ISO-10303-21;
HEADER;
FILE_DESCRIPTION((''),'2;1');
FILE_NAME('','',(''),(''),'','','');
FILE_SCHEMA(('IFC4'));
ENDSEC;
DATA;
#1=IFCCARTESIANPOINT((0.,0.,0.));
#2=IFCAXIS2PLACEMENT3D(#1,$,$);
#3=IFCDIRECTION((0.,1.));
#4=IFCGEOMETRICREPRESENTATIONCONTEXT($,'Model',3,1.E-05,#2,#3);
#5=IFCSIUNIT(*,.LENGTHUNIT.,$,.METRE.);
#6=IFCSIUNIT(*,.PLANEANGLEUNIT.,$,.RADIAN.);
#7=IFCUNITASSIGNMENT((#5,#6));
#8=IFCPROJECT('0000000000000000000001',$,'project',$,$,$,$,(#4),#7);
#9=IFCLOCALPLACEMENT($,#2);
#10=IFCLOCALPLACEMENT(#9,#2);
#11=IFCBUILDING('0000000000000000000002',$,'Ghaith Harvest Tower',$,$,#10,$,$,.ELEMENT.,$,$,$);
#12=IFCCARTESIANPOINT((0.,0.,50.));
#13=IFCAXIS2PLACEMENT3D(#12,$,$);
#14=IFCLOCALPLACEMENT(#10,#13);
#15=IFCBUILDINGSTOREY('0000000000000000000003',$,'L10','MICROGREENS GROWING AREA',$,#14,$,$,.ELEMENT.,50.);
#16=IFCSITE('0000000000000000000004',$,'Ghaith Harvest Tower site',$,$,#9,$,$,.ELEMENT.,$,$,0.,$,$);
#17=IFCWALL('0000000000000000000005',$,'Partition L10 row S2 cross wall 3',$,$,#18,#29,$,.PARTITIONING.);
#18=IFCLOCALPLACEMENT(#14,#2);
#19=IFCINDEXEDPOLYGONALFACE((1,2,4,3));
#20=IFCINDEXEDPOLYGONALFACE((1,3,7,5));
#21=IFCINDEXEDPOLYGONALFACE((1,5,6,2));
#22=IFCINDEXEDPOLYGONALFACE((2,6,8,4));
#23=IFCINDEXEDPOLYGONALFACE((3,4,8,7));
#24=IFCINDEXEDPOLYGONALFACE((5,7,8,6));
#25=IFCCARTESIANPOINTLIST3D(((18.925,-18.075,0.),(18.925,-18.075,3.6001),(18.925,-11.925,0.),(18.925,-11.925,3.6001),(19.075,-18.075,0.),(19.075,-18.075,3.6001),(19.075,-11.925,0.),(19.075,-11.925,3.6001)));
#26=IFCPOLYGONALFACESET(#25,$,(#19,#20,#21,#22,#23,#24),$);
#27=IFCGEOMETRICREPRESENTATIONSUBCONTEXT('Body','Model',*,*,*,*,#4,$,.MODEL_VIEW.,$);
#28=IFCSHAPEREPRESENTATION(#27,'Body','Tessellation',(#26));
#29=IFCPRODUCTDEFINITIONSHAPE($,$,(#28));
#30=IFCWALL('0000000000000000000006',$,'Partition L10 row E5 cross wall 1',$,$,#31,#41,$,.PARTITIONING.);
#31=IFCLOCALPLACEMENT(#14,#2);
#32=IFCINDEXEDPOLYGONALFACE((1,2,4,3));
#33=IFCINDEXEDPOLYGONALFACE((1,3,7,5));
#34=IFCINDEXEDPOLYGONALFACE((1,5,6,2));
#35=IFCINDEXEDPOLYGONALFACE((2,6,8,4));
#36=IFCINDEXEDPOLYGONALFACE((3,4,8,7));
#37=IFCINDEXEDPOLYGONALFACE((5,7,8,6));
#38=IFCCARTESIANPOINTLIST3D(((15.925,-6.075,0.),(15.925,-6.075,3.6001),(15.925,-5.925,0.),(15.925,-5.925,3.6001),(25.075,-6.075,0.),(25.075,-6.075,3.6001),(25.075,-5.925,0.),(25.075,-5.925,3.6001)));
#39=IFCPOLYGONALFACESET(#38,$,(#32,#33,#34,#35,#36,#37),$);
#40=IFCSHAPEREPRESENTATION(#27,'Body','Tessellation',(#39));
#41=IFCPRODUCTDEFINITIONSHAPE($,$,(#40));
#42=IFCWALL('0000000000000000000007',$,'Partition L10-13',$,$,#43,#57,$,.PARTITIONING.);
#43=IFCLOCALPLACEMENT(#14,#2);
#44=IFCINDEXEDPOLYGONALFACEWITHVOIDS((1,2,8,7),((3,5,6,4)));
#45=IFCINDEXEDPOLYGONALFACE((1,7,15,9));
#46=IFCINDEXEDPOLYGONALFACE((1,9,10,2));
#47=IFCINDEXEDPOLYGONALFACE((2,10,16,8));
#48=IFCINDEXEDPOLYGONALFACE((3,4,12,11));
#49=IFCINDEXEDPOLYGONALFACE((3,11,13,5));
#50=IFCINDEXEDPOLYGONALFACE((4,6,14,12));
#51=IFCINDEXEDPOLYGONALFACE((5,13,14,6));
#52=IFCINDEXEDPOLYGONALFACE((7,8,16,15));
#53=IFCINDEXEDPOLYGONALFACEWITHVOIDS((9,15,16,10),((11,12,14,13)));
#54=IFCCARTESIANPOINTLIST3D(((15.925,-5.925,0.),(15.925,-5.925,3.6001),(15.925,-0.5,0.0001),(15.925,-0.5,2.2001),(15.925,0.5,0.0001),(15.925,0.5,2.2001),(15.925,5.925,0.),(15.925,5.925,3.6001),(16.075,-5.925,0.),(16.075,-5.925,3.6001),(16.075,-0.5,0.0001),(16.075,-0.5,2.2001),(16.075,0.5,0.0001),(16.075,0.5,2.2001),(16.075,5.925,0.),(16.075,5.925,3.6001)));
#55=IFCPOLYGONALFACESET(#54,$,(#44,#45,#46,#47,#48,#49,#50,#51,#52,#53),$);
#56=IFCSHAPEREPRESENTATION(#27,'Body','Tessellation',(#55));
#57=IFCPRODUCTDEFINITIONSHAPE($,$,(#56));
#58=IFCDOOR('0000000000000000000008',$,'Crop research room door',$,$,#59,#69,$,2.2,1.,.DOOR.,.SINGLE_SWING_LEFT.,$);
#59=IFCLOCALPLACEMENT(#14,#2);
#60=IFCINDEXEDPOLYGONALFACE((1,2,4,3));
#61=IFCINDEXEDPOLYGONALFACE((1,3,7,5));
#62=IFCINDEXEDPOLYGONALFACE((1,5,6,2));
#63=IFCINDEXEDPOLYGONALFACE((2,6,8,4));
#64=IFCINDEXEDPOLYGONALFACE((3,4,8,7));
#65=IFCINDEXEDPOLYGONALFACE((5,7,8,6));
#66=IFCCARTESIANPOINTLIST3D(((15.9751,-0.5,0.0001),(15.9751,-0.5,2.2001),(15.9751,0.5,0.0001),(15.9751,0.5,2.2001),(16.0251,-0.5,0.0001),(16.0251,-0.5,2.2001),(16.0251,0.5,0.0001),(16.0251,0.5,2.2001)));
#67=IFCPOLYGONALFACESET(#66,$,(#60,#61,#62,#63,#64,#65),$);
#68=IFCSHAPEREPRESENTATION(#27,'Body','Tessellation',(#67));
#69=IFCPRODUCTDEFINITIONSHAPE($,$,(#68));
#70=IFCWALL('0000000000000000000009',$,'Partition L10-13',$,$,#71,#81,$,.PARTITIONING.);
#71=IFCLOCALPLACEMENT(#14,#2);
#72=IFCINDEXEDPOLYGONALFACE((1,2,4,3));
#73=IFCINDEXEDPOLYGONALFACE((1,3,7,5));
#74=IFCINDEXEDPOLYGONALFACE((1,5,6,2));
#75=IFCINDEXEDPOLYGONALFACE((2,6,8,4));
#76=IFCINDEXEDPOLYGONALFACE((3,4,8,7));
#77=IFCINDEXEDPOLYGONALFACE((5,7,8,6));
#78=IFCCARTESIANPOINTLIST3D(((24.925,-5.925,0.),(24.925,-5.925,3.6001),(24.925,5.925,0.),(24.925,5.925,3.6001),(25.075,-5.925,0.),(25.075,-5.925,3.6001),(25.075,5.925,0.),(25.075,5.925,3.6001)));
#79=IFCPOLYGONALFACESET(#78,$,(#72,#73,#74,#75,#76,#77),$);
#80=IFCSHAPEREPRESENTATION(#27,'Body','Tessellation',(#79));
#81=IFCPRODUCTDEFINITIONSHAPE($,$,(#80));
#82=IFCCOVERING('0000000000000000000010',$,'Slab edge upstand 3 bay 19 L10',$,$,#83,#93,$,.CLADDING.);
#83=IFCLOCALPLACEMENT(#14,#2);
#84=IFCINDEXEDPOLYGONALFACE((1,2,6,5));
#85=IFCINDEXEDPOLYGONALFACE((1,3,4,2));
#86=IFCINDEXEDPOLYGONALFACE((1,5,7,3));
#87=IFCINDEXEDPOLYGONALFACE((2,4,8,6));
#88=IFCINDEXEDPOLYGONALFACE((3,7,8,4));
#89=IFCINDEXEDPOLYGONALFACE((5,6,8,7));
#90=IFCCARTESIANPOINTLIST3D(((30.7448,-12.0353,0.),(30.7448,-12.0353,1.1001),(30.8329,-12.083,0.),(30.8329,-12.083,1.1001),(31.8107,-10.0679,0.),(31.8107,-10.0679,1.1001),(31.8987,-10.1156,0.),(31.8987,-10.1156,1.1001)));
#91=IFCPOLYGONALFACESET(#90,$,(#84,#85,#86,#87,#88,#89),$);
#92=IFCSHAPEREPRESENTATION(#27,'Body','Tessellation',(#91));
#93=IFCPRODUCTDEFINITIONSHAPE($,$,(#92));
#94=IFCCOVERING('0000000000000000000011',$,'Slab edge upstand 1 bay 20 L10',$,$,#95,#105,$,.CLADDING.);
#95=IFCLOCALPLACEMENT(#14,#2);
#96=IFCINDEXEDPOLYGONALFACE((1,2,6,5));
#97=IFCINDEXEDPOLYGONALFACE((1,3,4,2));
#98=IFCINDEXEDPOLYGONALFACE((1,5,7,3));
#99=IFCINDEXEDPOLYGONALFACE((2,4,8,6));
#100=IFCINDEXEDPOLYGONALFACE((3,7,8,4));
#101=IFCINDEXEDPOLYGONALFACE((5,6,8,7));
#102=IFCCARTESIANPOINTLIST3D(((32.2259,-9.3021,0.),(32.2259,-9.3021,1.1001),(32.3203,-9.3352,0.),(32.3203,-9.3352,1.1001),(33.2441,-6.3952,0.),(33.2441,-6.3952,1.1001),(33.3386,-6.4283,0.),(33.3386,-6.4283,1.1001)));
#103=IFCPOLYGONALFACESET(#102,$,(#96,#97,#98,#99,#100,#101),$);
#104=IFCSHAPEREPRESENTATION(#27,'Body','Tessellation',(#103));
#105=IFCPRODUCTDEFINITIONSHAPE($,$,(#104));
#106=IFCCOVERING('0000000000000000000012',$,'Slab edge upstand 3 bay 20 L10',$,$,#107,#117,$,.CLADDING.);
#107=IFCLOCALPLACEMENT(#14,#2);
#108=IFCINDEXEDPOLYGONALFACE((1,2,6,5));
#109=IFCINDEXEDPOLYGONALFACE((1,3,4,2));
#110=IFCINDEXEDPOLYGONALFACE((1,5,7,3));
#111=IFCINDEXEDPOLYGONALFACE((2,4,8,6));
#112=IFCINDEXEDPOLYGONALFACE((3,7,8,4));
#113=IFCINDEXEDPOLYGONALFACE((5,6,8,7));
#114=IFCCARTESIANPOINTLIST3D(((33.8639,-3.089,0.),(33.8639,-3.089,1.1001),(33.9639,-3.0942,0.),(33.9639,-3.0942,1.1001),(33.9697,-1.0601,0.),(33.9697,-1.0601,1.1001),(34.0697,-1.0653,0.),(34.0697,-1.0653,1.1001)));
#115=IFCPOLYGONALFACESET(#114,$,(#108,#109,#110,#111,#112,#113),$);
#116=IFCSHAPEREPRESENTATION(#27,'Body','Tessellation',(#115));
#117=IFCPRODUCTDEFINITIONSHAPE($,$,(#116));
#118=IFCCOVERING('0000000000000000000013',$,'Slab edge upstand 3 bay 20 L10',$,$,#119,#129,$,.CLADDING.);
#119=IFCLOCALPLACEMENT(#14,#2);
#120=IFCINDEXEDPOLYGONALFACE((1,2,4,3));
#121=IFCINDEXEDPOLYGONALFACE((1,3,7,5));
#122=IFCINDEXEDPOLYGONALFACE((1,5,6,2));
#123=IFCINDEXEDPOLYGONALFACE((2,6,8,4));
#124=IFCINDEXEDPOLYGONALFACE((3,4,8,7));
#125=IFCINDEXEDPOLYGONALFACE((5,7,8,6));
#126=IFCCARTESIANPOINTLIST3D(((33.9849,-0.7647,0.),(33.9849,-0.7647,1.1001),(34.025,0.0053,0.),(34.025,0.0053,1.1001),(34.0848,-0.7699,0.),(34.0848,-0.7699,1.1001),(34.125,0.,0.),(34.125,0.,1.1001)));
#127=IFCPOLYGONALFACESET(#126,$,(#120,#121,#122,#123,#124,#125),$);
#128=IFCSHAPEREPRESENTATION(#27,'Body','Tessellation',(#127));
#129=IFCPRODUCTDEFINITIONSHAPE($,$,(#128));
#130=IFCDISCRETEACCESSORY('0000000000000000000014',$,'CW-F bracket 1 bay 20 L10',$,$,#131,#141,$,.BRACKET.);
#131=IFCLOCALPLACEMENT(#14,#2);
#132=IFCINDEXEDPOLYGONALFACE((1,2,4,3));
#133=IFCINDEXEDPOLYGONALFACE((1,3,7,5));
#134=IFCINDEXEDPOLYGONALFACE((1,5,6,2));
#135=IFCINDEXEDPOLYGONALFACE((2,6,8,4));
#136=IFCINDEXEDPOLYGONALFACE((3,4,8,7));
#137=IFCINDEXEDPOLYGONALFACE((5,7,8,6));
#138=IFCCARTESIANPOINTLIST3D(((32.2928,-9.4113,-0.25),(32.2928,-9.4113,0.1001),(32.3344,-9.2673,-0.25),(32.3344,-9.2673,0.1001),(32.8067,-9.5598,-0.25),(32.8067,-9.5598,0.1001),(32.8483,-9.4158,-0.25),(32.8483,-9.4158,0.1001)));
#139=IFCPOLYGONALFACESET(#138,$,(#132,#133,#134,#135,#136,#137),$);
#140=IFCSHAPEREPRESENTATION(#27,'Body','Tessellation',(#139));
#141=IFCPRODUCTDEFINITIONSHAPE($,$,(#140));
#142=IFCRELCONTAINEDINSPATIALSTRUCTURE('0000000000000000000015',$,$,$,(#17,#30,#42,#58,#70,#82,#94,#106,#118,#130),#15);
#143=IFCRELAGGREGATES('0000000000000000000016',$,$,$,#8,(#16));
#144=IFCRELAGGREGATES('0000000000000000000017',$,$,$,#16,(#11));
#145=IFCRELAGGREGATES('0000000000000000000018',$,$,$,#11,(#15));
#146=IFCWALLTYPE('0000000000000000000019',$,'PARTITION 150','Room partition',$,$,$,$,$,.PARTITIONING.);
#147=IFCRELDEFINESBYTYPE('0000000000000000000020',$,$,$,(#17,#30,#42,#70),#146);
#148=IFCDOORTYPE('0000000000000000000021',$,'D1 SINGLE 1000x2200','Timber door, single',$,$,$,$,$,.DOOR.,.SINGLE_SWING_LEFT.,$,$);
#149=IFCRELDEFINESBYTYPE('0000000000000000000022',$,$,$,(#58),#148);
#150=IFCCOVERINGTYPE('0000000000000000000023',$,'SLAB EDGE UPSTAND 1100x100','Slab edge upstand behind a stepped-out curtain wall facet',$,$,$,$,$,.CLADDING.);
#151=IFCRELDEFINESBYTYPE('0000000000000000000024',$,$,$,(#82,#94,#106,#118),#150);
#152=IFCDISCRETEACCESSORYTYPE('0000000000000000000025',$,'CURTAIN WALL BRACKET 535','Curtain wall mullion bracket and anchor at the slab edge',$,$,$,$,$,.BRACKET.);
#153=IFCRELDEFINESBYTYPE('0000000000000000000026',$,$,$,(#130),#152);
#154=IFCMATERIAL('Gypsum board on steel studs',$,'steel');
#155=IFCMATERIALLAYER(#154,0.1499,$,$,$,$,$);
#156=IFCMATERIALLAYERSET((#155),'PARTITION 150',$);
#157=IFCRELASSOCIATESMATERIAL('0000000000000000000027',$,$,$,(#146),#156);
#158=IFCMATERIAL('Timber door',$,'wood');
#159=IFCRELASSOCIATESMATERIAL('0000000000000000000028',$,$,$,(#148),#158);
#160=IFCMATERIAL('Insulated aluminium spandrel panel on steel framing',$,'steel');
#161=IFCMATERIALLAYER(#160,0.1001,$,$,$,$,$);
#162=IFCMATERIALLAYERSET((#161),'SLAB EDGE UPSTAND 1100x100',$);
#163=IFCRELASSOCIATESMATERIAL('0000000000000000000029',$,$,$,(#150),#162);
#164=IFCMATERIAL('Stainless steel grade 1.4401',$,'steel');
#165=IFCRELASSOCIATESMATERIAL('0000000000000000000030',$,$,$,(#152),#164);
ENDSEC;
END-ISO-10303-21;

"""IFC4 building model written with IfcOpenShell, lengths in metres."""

from ifc_helpers import new_model, si_unit, direction, frame, frame_2d, origin, origin_2d, place, context, subcontext, project, spatial, rectangle, extrude, material, layer, layer_set, type_object, element, fill, save


model = new_model("IFC4")

# Units and contexts
model_context = context("Model", 3, precision=1e-05, world=origin(), true_north=direction((0.0, 1.0)))
body_context = subcontext(model_context, "Body", "Model", "MODEL_VIEW")
ifc_project = project(units=[si_unit("LENGTHUNIT", "METRE"), si_unit("PLANEANGLEUNIT", "RADIAN")], contexts=[model_context])

# Site, building, storey
site_placement = place(None, origin())
site = spatial("IfcSite", under=ifc_project, at=site_placement, Name="Ghaith Harvest Tower site", CompositionType="ELEMENT", RefElevation=0.0)
building_placement = place(site_placement, origin())
building = spatial("IfcBuilding", under=site, at=building_placement, Name="Ghaith Harvest Tower", CompositionType="ELEMENT")
storey_placement = place(building_placement, frame((0.0, 0.0, 50.0)))
storey = spatial("IfcBuildingStorey", under=building, at=storey_placement, Name="L10", Description="MICROGREENS GROWING AREA", CompositionType="ELEMENT", Elevation=50.0)

# Walls
ifc_material_1 = material(Name="Gypsum board on steel studs", Category="steel")
ifc_layer_1 = layer(ifc_material_1, 0.1499)
ifc_layer_set_1 = layer_set([ifc_layer_1], Name="PARTITION 150")
wall_type = type_object("IfcWallType", Name="PARTITION 150", Description="Room partition", PredefinedType="PARTITIONING", material=ifc_layer_set_1)
wall_1_placement = place(storey_placement, frame((19.0, -11.925, 0.0), z_axis=(0.0, 0.0, 1.0), x_axis=(0.0, -1.0, 0.0)))
element("IfcWall", 1, at=wall_1_placement, inside=storey, type_object=wall_type, Name="Partition L10 row S2 cross wall 3", PredefinedType="PARTITIONING", context=body_context, shape_type="SweptSolid", body=[
    extrude(rectangle(XDim=6.1499, YDim=0.1499, at=frame_2d((3.075, 0.0))), origin(), (0.0, 0.0, 1.0), 3.6001),
])
wall_2_placement = place(storey_placement, frame((15.925, -6.0, 0.0), z_axis=(0.0, 0.0, 1.0), x_axis=(1.0, 0.0, 0.0)))
element("IfcWall", 2, at=wall_2_placement, inside=storey, type_object=wall_type, Name="Partition L10 row E5 cross wall 1", PredefinedType="PARTITIONING", context=body_context, shape_type="SweptSolid", body=[
    extrude(rectangle(XDim=9.1499, YDim=0.1499, at=frame_2d((4.575, 0.0))), origin(), (0.0, 0.0, 1.0), 3.6001),
])

# Wall, opening, door
wall_3_placement = place(storey_placement, frame((16.0, -5.925, 0.0), z_axis=(0.0, 0.0, 1.0), x_axis=(0.0, 1.0, 0.0)))
wall_3 = element("IfcWall", 3, at=wall_3_placement, inside=storey, type_object=wall_type, Name="Partition L10-13", PredefinedType="PARTITIONING", context=body_context, shape_type="SweptSolid", body=[
    extrude(rectangle(XDim=11.8501, YDim=0.1499, at=frame_2d((5.925, 0.0))), origin(), (0.0, 0.0, 1.0), 3.6001),
])
opening_1_placement = place(wall_3_placement, frame((5.425, 0.0, 0.0)))
opening_1 = element("IfcOpeningElement", 4, at=opening_1_placement, cuts=wall_3, PredefinedType="OPENING", context=body_context, shape_type="SweptSolid", body=[
    extrude(rectangle(XDim=1.0, YDim=2.2, at=frame_2d((0.5, 1.1001))), frame((0.0, 0.085, 0.0), z_axis=(0.0, -1.0, 0.0), x_axis=(1.0, 0.0, 0.0)), (0.0, 0.0, 1.0), 0.1699),
])
ifc_material_2 = material(Name="Timber door", Category="wood")
door_type_1 = type_object("IfcDoorType", Name="D1 SINGLE 1000x2200", Description="Timber door, single", OperationType="SINGLE_SWING_LEFT", PredefinedType="DOOR", material=ifc_material_2)
door_1_placement = place(opening_1_placement, origin())
door_1 = element("IfcDoor", 5, at=door_1_placement, inside=storey, type_object=door_type_1, Name="Crop research room door", OperationType="SINGLE_SWING_LEFT", OverallHeight=2.2, OverallWidth=1.0, PredefinedType="DOOR", context=body_context, shape_type="SweptSolid", body=[
    extrude(rectangle(XDim=1.0, YDim=2.2, at=frame_2d((0.5, 1.1001))), frame((0.0, 0.0249, 0.0), z_axis=(0.0, -1.0, 0.0), x_axis=(1.0, 0.0, 0.0)), (0.0, 0.0, 1.0), 0.05),
])
fill(opening_1, door_1)

# Wall
wall_4_placement = place(storey_placement, frame((25.0, -5.925, 0.0), z_axis=(0.0, 0.0, 1.0), x_axis=(0.0, 1.0, 0.0)))
element("IfcWall", 6, at=wall_4_placement, inside=storey, type_object=wall_type, Name="Partition L10-13", PredefinedType="PARTITIONING", context=body_context, shape_type="SweptSolid", body=[
    extrude(rectangle(XDim=11.8501, YDim=0.1499, at=frame_2d((5.925, 0.0))), origin(), (0.0, 0.0, 1.0), 3.6001),
])

# Coverings
ifc_material_3 = material(Name="Insulated aluminium spandrel panel on steel framing", Category="steel")
ifc_layer_2 = layer(ifc_material_3, 0.1001)
ifc_layer_set_2 = layer_set([ifc_layer_2], Name="SLAB EDGE UPSTAND 1100x100")
covering_type = type_object("IfcCoveringType", Name="SLAB EDGE UPSTAND 1100x100", Description="Slab edge upstand behind a stepped-out curtain wall facet", PredefinedType="CLADDING", material=ifc_layer_set_2)
covering_1_placement = place(storey_placement, frame((31.3218, -11.0754, 0.0), z_axis=(0.0, 0.0, 1.0), x_axis=(0.476349, 0.879256, 0.0)))
element("IfcCovering", 7, at=covering_1_placement, inside=storey, type_object=covering_type, Name="Slab edge upstand 3 bay 19 L10", PredefinedType="CLADDING", context=body_context, shape_type="SweptSolid", body=[
    extrude(rectangle(XDim=2.2375, YDim=0.1001, at=origin_2d()), origin(), (0.0, 0.0, 1.0), 1.1001),
])
covering_2_placement = place(storey_placement, frame((32.7822, -7.8652, 0.0), z_axis=(0.0, 0.0, 1.0), x_axis=(0.330598, 0.943772, 0.0)))
element("IfcCovering", 8, at=covering_2_placement, inside=storey, type_object=covering_type, Name="Slab edge upstand 1 bay 20 L10", PredefinedType="CLADDING", context=body_context, shape_type="SweptSolid", body=[
    extrude(rectangle(XDim=3.0801, YDim=0.1001, at=origin_2d()), origin(), (0.0, 0.0, 1.0), 1.1001),
])
covering_3_placement = place(storey_placement, frame((33.9668, -2.0771, 0.0), z_axis=(0.0, 0.0, 1.0), x_axis=(0.052049, 0.998645, 0.0)))
element("IfcCovering", 9, at=covering_3_placement, inside=storey, type_object=covering_type, Name="Slab edge upstand 3 bay 20 L10", PredefinedType="CLADDING", context=body_context, shape_type="SweptSolid", body=[
    extrude(rectangle(XDim=2.0317, YDim=0.1001, at=origin_2d()), origin(), (0.0, 0.0, 1.0), 1.1001),
])
covering_4_placement = place(storey_placement, frame((34.0549, -0.3823, 0.0), z_axis=(0.0, 0.0, 1.0), x_axis=(0.052049, 0.998645, 0.0)))
element("IfcCovering", 10, at=covering_4_placement, inside=storey, type_object=covering_type, Name="Slab edge upstand 3 bay 20 L10", PredefinedType="CLADDING", context=body_context, shape_type="SweptSolid", body=[
    extrude(rectangle(XDim=0.771, YDim=0.1001, at=origin_2d()), origin(), (0.0, 0.0, 1.0), 1.1001),
])

# Discrete accessory
ifc_material_4 = material(Name="Stainless steel grade 1.4401", Category="steel")
discrete_accessory_type = type_object("IfcDiscreteAccessoryType", Name="CURTAIN WALL BRACKET 535", Description="Curtain wall mullion bracket and anchor at the slab edge", PredefinedType="BRACKET", material=ifc_material_4)
discrete_accessory_placement = place(storey_placement, frame((32.5706, -9.4136, -0.25), z_axis=(0.0, 0.0, 1.0), x_axis=(0.96068, -0.277657, 0.0)))
element("IfcDiscreteAccessory", 11, at=discrete_accessory_placement, inside=storey, type_object=discrete_accessory_type, Name="CW-F bracket 1 bay 20 L10", PredefinedType="BRACKET", context=body_context, shape_type="SweptSolid", body=[
    extrude(rectangle(XDim=0.5349, YDim=0.1499, at=origin_2d()), origin(), (0.0, 0.0, 1.0), 0.3501),
])

save(model, "model.ifc")
